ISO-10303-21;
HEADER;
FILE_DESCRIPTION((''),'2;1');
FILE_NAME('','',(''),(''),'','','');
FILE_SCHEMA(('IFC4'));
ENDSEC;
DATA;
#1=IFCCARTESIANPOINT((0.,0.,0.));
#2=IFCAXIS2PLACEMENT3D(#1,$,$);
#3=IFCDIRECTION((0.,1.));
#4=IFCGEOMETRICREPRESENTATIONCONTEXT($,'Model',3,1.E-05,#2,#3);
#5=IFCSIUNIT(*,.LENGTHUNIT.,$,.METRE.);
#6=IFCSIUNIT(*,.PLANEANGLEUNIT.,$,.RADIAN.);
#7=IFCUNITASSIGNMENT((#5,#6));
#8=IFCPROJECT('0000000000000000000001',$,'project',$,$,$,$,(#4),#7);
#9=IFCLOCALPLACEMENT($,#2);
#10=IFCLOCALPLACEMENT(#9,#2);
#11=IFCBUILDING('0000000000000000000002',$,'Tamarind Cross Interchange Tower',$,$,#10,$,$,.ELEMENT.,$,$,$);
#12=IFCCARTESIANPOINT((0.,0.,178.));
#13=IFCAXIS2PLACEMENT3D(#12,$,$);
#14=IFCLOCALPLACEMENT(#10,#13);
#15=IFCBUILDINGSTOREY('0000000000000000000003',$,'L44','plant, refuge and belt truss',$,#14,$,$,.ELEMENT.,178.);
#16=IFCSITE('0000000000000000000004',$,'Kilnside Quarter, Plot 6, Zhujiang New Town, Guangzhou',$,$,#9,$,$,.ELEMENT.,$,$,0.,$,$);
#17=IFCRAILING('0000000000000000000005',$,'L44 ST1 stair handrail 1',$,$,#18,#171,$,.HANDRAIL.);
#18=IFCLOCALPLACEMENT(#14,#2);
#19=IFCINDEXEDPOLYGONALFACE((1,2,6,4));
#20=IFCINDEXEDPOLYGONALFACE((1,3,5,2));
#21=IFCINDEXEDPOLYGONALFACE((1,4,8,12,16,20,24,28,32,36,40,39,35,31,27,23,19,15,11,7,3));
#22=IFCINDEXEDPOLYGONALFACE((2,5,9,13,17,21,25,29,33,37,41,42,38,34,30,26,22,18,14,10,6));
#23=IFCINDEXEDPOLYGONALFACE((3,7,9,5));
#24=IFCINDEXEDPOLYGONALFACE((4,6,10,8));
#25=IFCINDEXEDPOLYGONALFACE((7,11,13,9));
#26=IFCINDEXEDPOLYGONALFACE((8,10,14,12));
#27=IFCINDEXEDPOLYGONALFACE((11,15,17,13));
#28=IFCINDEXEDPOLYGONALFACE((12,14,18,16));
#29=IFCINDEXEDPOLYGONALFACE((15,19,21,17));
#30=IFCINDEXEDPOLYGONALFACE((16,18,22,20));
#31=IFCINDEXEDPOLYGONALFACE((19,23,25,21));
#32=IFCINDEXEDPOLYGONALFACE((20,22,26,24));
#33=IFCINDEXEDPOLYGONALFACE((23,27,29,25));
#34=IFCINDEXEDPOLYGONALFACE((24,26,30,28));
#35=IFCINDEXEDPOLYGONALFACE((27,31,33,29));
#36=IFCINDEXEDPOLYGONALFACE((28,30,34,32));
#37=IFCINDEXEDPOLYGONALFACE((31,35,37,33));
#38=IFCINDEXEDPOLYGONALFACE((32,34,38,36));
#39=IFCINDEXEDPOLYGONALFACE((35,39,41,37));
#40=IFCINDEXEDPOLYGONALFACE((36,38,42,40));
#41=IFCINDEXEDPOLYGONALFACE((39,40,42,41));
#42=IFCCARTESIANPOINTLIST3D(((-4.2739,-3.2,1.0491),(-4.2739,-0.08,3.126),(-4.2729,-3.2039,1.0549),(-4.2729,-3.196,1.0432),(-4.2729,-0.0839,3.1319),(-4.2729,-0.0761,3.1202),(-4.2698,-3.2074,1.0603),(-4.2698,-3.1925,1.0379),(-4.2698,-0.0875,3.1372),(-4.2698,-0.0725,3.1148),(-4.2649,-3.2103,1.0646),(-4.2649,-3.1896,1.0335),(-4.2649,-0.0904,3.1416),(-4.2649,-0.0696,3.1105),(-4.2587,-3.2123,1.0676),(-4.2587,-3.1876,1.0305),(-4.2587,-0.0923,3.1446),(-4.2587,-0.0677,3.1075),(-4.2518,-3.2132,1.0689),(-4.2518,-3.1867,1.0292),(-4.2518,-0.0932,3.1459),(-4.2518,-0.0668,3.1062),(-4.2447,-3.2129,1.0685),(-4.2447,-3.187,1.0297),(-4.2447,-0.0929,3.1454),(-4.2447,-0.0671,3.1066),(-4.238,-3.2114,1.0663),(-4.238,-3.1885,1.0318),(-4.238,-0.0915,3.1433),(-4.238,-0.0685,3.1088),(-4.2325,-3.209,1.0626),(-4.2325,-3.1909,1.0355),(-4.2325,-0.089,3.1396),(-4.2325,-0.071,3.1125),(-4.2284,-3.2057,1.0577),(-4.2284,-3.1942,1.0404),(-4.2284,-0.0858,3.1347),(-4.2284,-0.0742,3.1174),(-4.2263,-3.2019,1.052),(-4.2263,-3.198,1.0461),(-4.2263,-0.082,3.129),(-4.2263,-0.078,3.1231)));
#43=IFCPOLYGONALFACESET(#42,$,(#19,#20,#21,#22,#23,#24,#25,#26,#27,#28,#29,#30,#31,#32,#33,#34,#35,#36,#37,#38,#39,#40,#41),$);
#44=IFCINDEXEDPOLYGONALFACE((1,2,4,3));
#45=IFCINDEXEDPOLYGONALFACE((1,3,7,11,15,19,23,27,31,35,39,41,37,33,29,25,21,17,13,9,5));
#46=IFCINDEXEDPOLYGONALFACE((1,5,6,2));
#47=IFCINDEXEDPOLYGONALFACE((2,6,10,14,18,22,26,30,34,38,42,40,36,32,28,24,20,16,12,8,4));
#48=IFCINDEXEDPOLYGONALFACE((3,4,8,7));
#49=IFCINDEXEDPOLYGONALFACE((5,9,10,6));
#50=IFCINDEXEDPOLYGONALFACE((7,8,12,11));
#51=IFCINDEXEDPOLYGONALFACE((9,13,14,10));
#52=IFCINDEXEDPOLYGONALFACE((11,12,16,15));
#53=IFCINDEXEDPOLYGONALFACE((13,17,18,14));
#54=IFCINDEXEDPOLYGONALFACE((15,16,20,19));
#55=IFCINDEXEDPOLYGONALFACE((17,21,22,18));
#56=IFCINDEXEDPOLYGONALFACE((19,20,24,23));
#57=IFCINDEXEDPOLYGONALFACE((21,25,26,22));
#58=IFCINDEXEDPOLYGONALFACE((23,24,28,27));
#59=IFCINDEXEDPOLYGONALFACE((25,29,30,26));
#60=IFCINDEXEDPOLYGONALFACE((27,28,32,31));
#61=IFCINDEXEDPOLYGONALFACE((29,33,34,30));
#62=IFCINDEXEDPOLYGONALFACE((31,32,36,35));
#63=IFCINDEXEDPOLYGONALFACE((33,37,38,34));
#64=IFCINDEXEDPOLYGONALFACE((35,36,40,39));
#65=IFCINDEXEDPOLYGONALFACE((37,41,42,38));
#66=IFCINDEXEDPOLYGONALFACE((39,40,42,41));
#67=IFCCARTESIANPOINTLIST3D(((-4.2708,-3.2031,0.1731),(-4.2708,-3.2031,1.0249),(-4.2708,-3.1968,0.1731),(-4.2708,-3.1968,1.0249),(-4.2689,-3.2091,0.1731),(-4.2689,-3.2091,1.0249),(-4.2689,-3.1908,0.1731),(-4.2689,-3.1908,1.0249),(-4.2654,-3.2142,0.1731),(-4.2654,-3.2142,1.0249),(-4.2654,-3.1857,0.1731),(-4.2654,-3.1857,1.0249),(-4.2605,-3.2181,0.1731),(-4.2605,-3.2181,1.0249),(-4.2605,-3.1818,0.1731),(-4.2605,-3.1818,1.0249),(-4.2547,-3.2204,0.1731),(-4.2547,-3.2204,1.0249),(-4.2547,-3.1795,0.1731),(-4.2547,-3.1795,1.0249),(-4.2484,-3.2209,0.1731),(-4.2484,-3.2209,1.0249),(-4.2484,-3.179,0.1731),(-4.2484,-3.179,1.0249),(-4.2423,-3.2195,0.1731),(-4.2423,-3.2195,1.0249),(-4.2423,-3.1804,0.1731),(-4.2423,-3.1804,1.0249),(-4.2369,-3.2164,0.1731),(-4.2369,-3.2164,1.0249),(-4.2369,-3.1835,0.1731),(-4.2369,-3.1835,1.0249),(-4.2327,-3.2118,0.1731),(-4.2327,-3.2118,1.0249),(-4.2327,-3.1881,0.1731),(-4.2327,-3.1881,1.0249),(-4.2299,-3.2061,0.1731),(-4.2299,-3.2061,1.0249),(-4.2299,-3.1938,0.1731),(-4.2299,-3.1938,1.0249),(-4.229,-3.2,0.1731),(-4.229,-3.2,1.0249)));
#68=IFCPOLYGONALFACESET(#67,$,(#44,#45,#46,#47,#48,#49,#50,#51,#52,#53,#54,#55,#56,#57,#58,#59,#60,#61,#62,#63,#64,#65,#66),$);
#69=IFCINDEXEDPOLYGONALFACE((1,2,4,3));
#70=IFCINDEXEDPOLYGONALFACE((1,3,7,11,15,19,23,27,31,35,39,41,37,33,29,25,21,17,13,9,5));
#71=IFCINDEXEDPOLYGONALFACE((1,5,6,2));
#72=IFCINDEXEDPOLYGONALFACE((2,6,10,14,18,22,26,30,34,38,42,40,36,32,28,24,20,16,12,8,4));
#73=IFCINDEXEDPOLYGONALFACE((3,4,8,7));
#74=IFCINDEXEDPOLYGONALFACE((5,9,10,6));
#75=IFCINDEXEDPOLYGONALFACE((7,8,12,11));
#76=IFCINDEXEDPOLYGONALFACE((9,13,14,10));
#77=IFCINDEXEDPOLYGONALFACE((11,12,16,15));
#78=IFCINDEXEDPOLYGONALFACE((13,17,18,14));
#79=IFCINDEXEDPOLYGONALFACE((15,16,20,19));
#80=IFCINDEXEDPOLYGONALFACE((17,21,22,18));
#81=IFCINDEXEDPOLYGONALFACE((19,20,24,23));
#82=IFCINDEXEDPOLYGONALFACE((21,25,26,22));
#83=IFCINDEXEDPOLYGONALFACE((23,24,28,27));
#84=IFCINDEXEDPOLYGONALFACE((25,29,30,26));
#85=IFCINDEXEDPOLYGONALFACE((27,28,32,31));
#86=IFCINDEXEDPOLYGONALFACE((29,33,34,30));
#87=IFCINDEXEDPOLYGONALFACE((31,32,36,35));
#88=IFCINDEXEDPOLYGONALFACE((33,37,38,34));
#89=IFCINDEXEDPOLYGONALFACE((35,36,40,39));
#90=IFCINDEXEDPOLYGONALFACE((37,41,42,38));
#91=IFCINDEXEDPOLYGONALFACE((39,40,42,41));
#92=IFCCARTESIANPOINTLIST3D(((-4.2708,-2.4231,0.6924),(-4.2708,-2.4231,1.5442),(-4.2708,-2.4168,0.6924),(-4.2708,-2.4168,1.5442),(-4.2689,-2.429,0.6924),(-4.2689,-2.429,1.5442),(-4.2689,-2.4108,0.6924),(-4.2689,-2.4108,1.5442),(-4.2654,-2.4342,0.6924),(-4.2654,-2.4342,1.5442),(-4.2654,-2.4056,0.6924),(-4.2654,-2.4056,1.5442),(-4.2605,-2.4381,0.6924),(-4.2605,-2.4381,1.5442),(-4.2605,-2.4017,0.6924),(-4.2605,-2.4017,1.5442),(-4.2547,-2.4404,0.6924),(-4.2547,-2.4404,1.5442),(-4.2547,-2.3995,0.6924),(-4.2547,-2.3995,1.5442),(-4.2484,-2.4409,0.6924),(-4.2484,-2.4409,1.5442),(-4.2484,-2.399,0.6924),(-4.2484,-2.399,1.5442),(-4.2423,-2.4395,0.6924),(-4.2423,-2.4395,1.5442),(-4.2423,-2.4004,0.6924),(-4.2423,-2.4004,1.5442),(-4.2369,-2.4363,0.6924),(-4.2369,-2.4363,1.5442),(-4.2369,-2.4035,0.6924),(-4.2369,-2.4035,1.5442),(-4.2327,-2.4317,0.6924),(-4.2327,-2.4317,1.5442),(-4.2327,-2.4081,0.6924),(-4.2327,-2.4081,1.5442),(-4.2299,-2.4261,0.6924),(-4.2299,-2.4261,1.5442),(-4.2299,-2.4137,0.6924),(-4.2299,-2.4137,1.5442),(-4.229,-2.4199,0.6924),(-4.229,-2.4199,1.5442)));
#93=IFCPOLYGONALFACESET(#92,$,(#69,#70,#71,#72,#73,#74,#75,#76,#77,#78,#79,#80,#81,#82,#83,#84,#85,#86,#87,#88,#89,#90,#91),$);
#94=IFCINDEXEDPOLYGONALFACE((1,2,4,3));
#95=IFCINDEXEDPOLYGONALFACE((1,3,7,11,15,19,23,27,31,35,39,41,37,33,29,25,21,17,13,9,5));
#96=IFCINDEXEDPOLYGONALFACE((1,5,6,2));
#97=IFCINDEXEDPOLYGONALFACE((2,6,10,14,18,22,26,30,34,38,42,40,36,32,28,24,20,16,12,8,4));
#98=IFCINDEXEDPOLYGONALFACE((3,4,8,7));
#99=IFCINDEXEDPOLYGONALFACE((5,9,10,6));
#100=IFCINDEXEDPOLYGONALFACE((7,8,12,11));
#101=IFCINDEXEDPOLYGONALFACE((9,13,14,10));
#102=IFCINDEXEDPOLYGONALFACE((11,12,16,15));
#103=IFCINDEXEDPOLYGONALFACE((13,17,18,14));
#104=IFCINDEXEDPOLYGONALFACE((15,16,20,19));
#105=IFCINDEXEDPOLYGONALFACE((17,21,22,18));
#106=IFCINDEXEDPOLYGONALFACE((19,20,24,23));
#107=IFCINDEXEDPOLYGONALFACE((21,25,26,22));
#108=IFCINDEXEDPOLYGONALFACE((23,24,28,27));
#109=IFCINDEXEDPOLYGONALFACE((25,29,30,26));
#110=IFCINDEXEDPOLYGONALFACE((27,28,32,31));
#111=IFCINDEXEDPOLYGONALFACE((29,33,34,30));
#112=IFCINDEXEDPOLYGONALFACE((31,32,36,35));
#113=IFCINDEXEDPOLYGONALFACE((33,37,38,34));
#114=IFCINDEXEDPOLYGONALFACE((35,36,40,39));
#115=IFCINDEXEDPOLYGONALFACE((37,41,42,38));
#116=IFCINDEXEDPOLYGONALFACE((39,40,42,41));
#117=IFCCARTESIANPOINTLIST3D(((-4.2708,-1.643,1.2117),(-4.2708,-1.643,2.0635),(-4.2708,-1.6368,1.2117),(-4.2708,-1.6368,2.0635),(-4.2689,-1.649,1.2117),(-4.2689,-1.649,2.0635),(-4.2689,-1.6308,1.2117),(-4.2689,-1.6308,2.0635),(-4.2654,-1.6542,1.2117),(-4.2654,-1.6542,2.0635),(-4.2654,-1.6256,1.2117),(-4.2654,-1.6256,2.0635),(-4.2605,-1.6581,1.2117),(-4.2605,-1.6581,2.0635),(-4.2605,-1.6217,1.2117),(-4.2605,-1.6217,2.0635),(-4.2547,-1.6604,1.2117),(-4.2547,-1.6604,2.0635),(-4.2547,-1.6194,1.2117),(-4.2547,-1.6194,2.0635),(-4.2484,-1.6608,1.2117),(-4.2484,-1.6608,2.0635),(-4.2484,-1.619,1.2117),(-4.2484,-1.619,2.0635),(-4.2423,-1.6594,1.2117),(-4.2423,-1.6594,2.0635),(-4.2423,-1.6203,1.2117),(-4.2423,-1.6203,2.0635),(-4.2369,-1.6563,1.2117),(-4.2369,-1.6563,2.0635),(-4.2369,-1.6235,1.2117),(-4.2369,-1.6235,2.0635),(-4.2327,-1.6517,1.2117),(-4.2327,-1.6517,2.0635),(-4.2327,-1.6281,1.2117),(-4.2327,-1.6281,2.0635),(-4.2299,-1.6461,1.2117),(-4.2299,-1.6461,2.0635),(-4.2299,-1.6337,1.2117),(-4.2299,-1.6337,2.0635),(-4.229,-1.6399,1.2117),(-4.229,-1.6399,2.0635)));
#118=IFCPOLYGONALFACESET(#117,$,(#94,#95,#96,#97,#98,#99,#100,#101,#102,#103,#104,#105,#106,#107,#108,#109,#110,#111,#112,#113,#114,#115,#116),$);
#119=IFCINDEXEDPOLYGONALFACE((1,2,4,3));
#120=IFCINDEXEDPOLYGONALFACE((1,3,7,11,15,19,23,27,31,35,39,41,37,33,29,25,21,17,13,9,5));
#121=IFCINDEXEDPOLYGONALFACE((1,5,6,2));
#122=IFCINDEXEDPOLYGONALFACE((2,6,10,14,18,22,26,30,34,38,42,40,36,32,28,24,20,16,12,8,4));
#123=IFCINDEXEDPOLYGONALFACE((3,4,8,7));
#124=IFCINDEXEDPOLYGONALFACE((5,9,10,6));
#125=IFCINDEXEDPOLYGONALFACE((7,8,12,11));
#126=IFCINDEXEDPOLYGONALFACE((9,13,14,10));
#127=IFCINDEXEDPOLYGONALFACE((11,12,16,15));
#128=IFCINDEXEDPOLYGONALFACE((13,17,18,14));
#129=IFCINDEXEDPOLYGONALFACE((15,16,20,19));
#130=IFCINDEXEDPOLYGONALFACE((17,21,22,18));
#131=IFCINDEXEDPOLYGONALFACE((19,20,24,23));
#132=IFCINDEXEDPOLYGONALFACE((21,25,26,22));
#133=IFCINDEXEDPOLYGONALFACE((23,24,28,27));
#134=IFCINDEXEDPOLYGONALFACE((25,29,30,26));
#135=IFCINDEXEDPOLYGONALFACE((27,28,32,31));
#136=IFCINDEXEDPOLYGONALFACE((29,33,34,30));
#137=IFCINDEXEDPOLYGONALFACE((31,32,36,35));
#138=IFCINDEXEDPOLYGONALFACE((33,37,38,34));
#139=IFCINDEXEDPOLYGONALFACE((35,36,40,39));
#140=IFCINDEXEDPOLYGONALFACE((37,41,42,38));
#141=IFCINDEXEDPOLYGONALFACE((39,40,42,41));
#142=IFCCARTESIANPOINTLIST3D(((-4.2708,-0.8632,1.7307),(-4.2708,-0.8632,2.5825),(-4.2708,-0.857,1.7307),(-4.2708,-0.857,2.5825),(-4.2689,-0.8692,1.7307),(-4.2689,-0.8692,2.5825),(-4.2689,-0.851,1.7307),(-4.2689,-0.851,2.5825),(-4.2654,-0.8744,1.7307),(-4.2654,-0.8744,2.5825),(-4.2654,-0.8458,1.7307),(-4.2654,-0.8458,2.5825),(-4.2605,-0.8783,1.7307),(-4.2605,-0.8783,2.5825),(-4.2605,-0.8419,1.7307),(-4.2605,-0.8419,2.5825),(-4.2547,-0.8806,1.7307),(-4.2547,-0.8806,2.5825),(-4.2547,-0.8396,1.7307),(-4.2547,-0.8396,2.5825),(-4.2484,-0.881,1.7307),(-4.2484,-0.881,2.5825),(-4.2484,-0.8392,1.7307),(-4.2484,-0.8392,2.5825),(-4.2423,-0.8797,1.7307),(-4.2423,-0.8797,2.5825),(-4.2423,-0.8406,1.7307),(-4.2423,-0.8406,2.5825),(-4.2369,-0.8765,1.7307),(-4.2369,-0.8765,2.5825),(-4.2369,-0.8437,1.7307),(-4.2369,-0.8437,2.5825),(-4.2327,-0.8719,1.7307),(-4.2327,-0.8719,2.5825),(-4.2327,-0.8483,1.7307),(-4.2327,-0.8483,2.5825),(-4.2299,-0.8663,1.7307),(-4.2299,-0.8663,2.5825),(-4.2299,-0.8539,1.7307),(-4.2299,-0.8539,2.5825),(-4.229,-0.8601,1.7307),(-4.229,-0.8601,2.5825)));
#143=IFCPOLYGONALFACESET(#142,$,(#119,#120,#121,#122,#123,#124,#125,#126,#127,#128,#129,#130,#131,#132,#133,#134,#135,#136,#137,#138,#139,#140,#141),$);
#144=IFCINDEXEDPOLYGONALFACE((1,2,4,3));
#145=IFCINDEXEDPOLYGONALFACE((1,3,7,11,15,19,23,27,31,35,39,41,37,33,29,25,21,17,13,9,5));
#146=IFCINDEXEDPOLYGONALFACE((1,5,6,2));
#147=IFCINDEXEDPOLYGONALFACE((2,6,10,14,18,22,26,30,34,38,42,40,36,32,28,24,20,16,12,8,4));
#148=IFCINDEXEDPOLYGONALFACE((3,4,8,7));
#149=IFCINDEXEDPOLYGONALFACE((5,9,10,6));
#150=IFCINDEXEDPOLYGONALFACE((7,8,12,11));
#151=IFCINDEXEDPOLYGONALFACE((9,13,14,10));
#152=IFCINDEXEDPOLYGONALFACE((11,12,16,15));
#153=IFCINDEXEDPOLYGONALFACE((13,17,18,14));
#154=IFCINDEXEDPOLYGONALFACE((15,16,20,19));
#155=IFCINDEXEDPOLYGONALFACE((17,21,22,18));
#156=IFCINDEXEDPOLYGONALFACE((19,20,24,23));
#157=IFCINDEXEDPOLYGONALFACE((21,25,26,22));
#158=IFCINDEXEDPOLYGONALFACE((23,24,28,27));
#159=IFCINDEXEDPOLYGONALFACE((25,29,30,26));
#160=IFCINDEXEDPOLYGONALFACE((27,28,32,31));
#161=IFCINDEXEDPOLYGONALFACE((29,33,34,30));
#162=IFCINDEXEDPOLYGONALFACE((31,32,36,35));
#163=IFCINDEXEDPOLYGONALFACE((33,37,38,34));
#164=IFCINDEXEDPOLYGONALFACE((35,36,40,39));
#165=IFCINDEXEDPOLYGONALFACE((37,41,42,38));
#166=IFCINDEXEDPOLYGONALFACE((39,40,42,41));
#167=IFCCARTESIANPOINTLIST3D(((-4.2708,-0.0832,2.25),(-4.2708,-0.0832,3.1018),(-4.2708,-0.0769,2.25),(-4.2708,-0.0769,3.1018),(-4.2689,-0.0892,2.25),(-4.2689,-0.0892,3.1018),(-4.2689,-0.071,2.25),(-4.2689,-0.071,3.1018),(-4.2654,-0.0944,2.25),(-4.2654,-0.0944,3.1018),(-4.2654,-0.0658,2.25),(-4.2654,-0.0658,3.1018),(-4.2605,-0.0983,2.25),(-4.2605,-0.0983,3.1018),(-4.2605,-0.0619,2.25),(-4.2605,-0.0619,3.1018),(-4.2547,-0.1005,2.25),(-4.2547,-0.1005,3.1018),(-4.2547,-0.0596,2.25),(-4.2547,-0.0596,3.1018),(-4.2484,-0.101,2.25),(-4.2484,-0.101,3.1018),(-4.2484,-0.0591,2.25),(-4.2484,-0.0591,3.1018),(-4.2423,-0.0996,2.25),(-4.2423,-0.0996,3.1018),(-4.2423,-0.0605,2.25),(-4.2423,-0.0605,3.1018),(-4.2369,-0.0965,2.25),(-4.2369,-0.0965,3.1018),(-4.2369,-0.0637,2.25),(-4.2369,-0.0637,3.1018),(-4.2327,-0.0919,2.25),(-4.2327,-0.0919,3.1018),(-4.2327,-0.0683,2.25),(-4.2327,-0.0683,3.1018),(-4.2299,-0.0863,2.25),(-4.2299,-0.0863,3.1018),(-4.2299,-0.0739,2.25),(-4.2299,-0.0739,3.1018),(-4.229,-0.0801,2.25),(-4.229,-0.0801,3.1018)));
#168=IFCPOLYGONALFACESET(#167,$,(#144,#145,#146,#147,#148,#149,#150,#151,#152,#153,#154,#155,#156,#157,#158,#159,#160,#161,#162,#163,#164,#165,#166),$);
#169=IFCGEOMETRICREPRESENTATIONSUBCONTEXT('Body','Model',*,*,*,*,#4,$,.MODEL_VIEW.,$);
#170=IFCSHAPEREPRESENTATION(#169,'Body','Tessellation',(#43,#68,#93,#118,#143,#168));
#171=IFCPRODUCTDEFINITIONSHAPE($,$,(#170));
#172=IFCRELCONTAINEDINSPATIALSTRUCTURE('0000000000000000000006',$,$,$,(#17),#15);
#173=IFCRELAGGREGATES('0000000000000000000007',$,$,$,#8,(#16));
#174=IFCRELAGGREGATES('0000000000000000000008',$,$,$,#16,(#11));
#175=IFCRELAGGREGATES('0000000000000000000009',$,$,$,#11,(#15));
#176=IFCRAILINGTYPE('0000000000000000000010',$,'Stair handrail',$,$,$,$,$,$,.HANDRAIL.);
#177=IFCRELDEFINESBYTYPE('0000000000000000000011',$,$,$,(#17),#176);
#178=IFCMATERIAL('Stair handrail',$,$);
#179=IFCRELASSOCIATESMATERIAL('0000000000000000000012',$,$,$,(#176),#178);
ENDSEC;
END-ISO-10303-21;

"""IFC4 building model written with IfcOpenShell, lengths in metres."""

from ifc_helpers import new_model, si_unit, direction, frame, origin, origin_2d, place, context, subcontext, project, spatial, circle, extrude, material, type_object, element, save


model = new_model("IFC4")

# Units and contexts
model_context = context("Model", 3, precision=1e-05, world=origin(), true_north=direction((0.0, 1.0)))
body_context = subcontext(model_context, "Body", "Model", "MODEL_VIEW")
ifc_project = project(units=[si_unit("LENGTHUNIT", "METRE"), si_unit("PLANEANGLEUNIT", "RADIAN")], contexts=[model_context])

# Site, building, storey
site_placement = place(None, origin())
site = spatial("IfcSite", under=ifc_project, at=site_placement, Name="Kilnside Quarter, Plot 6, Zhujiang New Town, Guangzhou", CompositionType="ELEMENT", RefElevation=0.0)
building_placement = place(site_placement, origin())
building = spatial("IfcBuilding", under=site, at=building_placement, Name="Tamarind Cross Interchange Tower", CompositionType="ELEMENT")
storey_placement = place(building_placement, frame((0.0, 0.0, 178.0)))
storey = spatial("IfcBuildingStorey", under=building, at=storey_placement, Name="L44", Description="plant, refuge and belt truss", CompositionType="ELEMENT", Elevation=178.0)

# Railing
ifc_material_1 = material(Name="Stair handrail")
railing_type_1 = type_object("IfcRailingType", Name="Stair handrail", PredefinedType="HANDRAIL", material=ifc_material_1)
railing_1_placement = place(storey_placement, frame((-4.25, -3.2, 0.1731)))
element("IfcRailing", 1, at=railing_1_placement, inside=storey, type_object=railing_type_1, Name="L44 ST1 stair handrail 1", PredefinedType="HANDRAIL", context=body_context, shape_type="SweptSolid", body=[
    extrude(circle(Radius=0.0239, at=origin_2d()), frame((0.0, 0.0, 0.876), z_axis=(0.0, 0.832421, 0.554144), x_axis=(-1.0, 0.0, 0.0)), (0.0, 0.0, 1.0), 3.748),
    extrude(circle(Radius=0.021, at=origin_2d()), origin(), (0.0, 0.0, 1.0), 0.8518),
    extrude(circle(Radius=0.021, at=origin_2d()), frame((0.0, 0.78, 0.5193)), (0.0, 0.0, 1.0), 0.8518),
    extrude(circle(Radius=0.021, at=origin_2d()), frame((0.0, 1.5601, 1.0386)), (0.0, 0.0, 1.0), 0.8518),
    extrude(circle(Radius=0.021, at=origin_2d()), frame((0.0, 2.3398, 1.5576)), (0.0, 0.0, 1.0), 0.8518),
    extrude(circle(Radius=0.021, at=origin_2d()), frame((0.0, 3.1199, 2.0769)), (0.0, 0.0, 1.0), 0.8518),
])

save(model, "model.ifc")
